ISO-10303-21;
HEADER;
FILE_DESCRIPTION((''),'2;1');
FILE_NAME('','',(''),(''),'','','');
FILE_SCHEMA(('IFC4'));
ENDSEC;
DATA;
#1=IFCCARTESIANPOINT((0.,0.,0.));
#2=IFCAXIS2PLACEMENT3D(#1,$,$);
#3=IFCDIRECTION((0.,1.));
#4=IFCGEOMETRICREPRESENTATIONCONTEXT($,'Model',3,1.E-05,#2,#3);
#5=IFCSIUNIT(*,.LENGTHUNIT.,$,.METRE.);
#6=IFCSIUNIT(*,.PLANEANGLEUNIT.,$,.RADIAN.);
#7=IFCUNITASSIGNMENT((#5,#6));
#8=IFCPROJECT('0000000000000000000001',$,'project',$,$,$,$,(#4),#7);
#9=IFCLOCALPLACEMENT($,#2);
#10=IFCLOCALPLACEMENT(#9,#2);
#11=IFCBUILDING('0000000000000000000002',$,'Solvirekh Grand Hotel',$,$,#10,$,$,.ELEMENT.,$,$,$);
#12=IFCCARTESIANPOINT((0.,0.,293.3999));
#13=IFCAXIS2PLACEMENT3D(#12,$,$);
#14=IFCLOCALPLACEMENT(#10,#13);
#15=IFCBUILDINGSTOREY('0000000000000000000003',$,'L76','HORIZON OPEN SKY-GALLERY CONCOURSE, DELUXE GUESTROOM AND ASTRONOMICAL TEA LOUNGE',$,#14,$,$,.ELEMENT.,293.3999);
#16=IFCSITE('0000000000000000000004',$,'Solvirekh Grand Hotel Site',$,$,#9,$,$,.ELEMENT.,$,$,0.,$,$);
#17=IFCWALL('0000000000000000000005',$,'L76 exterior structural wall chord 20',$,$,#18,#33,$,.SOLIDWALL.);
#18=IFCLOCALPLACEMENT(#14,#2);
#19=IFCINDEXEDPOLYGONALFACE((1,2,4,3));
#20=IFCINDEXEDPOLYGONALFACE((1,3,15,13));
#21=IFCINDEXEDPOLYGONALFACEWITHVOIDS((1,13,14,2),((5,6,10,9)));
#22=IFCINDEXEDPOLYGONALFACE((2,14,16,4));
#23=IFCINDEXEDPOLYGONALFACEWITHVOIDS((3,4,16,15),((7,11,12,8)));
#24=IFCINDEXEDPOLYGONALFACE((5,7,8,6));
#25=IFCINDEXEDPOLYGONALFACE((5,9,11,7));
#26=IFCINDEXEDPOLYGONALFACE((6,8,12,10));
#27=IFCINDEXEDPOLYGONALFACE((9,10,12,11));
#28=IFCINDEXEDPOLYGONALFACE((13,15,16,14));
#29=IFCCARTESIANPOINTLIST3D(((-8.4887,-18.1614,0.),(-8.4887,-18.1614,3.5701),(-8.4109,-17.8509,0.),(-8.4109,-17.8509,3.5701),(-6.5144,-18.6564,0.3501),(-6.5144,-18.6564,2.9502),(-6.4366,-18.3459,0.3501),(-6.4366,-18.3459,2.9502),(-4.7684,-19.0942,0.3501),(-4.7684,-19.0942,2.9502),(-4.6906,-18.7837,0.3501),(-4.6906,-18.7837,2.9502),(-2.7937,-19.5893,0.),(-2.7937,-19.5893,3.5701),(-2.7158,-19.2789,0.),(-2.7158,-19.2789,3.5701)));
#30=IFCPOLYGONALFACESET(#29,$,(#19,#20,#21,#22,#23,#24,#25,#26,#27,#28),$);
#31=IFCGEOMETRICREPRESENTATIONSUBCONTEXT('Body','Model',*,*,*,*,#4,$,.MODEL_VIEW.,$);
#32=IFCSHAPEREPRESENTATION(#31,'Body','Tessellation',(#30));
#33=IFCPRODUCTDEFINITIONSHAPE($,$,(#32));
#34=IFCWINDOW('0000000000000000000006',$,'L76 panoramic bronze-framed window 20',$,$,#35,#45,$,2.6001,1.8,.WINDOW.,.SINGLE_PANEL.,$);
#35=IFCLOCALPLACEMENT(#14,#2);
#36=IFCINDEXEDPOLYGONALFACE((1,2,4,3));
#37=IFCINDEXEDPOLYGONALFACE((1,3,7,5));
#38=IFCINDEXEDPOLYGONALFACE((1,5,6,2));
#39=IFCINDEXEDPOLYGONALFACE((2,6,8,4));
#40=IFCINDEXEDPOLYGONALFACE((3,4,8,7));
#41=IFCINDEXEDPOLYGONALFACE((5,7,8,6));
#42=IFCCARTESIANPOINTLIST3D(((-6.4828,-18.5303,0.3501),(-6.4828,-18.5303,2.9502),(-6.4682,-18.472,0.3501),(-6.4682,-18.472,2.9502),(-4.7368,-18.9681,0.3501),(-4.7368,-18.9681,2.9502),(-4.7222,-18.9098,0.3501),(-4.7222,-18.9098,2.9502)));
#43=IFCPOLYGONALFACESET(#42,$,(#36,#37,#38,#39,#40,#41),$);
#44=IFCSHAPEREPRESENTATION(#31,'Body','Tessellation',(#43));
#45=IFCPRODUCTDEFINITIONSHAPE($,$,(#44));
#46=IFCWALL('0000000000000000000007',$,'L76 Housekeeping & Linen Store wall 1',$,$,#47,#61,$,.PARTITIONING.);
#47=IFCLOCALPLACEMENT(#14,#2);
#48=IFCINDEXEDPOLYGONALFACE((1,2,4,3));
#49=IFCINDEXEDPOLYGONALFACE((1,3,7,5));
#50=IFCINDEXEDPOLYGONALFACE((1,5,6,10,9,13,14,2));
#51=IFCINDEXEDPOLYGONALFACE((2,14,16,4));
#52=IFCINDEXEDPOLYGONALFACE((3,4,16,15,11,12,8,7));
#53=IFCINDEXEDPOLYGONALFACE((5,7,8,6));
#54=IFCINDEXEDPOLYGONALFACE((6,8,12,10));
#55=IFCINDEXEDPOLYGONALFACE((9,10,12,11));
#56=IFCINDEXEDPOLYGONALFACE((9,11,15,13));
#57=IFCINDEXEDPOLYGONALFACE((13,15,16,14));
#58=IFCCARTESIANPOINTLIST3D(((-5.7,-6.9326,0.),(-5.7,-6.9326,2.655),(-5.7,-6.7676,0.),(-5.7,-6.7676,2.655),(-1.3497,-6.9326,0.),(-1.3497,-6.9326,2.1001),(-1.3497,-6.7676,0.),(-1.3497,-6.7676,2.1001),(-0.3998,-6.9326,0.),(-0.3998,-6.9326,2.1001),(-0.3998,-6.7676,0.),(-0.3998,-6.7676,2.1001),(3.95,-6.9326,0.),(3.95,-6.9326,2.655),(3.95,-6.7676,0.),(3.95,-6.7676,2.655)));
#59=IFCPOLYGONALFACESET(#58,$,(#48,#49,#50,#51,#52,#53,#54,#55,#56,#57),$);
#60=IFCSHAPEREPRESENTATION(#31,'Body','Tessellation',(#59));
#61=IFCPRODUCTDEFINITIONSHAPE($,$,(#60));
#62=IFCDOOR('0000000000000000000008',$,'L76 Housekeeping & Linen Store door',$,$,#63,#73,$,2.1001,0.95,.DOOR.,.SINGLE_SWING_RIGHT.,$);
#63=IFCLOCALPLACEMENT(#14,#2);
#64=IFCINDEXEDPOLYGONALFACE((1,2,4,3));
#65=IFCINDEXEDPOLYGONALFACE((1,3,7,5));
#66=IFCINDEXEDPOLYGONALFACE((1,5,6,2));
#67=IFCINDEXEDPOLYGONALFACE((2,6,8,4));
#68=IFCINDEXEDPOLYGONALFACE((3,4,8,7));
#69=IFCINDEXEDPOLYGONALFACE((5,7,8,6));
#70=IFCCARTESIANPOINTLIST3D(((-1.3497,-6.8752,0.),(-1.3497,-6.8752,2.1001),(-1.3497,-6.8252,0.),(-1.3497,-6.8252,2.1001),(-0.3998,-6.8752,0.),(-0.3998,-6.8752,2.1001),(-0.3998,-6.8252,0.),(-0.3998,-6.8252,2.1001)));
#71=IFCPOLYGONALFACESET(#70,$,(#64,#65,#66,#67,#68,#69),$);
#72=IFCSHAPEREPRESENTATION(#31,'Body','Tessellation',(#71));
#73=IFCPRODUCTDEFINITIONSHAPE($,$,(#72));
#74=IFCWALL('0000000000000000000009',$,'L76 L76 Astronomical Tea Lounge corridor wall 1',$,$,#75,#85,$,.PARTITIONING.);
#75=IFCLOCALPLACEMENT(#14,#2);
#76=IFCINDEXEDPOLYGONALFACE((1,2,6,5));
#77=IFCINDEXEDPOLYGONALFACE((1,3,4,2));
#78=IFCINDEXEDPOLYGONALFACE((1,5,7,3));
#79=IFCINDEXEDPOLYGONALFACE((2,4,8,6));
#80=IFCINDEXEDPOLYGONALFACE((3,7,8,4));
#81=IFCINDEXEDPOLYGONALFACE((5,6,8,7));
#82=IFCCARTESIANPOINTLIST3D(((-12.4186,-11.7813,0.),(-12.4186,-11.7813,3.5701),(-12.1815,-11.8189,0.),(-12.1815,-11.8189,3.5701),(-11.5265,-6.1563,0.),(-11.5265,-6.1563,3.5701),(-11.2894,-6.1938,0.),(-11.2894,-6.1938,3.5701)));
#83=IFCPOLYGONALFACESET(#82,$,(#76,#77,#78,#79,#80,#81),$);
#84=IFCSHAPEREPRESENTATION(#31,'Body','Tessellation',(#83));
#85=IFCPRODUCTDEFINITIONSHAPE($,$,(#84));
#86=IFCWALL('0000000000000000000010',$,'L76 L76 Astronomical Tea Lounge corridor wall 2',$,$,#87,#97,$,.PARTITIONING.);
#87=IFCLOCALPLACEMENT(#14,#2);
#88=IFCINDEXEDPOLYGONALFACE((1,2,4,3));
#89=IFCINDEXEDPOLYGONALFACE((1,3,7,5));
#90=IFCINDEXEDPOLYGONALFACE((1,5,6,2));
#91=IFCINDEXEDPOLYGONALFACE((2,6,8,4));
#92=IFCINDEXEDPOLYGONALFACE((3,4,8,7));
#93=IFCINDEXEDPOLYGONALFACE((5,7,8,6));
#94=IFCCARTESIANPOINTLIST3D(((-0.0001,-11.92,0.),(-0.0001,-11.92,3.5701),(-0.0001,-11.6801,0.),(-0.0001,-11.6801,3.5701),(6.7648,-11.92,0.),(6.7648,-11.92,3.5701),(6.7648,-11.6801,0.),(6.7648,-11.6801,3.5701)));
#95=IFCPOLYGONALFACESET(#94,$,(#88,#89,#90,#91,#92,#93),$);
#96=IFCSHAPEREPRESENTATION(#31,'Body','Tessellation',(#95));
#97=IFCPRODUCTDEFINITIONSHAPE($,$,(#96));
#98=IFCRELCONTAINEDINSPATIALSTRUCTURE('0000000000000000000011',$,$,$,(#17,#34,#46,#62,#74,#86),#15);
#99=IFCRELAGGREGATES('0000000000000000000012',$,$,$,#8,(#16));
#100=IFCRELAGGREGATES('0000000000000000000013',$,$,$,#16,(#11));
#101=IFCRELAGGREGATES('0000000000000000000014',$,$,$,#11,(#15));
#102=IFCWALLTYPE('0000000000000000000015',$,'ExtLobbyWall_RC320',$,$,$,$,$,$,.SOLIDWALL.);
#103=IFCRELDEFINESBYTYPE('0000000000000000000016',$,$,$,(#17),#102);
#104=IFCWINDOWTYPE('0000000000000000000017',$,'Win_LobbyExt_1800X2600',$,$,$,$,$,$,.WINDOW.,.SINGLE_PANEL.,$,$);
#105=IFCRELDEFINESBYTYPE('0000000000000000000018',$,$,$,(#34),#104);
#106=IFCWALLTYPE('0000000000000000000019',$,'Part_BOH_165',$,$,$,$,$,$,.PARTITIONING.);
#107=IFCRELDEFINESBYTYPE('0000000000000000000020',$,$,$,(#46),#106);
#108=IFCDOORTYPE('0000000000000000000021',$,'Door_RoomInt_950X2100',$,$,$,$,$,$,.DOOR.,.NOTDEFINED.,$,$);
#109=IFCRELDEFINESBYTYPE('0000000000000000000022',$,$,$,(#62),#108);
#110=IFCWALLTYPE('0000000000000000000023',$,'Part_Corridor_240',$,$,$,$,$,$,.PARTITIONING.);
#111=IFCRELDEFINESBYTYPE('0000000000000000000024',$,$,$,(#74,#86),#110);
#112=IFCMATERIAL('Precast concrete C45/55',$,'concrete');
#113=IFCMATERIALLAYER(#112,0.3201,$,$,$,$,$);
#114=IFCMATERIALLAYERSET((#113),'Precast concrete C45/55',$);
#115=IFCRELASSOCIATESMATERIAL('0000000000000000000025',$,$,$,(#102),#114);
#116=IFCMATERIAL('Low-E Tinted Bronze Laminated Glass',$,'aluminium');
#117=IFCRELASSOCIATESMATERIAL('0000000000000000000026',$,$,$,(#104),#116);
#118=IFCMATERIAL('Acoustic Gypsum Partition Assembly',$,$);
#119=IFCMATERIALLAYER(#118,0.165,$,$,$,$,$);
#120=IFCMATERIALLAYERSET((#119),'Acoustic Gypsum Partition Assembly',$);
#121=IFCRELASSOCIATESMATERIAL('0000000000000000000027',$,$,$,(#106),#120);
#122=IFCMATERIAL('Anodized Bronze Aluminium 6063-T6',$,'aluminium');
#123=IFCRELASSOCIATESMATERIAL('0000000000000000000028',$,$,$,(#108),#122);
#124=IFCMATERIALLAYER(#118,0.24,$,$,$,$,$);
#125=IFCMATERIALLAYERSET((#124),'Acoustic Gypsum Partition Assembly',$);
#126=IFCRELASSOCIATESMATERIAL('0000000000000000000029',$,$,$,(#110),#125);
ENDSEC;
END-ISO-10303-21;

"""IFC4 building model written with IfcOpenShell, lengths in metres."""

from ifc_helpers import new_model, si_unit, direction, frame, frame_2d, origin, place, context, subcontext, project, spatial, rectangle, extrude, material, layer, layer_set, type_object, element, fill, save


model = new_model("IFC4")

# Units and contexts
model_context = context("Model", 3, precision=1e-05, world=origin(), true_north=direction((0.0, 1.0)))
body_context = subcontext(model_context, "Body", "Model", "MODEL_VIEW")
ifc_project = project(units=[si_unit("LENGTHUNIT", "METRE"), si_unit("PLANEANGLEUNIT", "RADIAN")], contexts=[model_context])

# Site, building, storey
site_placement = place(None, origin())
site = spatial("IfcSite", under=ifc_project, at=site_placement, Name="Solvirekh Grand Hotel Site", CompositionType="ELEMENT", RefElevation=0.0)
building_placement = place(site_placement, origin())
building = spatial("IfcBuilding", under=site, at=building_placement, Name="Solvirekh Grand Hotel", CompositionType="ELEMENT")
storey_placement = place(building_placement, frame((0.0, 0.0, 293.3999)))
storey = spatial("IfcBuildingStorey", under=building, at=storey_placement, Name="L76", Description="HORIZON OPEN SKY-GALLERY CONCOURSE, DELUXE GUESTROOM AND ASTRONOMICAL TEA LOUNGE", CompositionType="ELEMENT", Elevation=293.3999)

# Shared definitions
ifc_material_1 = material(Name="Anodized Bronze Aluminium 6063-T6", Category="aluminium")
ifc_material_2 = material(Name="Low-E Tinted Bronze Laminated Glass", Category="aluminium")

# Wall, opening, window
ifc_material_3 = material(Name="Precast concrete C45/55", Category="concrete")
ifc_layer_1 = layer(ifc_material_3, 0.3201)
ifc_layer_set_1 = layer_set([ifc_layer_1], Name="Precast concrete C45/55")
wall_type_1 = type_object("IfcWallType", Name="ExtLobbyWall_RC320", PredefinedType="SOLIDWALL", material=ifc_layer_set_1)
window_type = type_object("IfcWindowType", Name="Win_LobbyExt_1800X2600", PartitioningType="SINGLE_PANEL", PredefinedType="WINDOW", material=ifc_material_2)
wall_1_placement = place(storey_placement, frame((-2.7549, -19.4341, 0.0), z_axis=(0.0, 0.0, 1.0), x_axis=(-0.969973, 0.243211, 0.0)))
wall_1 = element("IfcWall", 1, at=wall_1_placement, inside=storey, type_object=wall_type_1, Name="L76 exterior structural wall chord 20", PredefinedType="SOLIDWALL", context=body_context, shape_type="SweptSolid", body=[
    extrude(rectangle(XDim=5.8713, YDim=0.3201, at=frame_2d((2.9355, 0.0))), origin(), (0.0, 0.0, 1.0), 3.5701),
])
opening_1_placement = place(wall_1_placement, frame((2.0359, 0.0, 0.3501)))
opening_1 = element("IfcOpeningElement", 2, at=opening_1_placement, cuts=wall_1, PredefinedType="OPENING", context=body_context, shape_type="SweptSolid", body=[
    extrude(rectangle(XDim=1.8, YDim=2.6001, at=frame_2d((0.8999, 1.3))), frame((0.0, 0.1699, 0.0), z_axis=(0.0, -1.0, 0.0), x_axis=(1.0, 0.0, 0.0)), (0.0, 0.0, 1.0), 0.3401),
])
window_1_placement = place(opening_1_placement, origin())
window_1 = element("IfcWindow", 3, at=window_1_placement, inside=storey, type_object=window_type, Name="L76 panoramic bronze-framed window 20", OverallHeight=2.6001, OverallWidth=1.8, PartitioningType="SINGLE_PANEL", PredefinedType="WINDOW", context=body_context, shape_type="SweptSolid", body=[
    extrude(rectangle(XDim=1.8, YDim=2.6001, at=frame_2d((0.8999, 1.3))), frame((0.0, 0.03, 0.0), z_axis=(0.0, -1.0, 0.0), x_axis=(1.0, 0.0, 0.0)), (0.0, 0.0, 1.0), 0.0601),
])
fill(opening_1, window_1)

# Wall, opening, door
ifc_material_4 = material(Name="Acoustic Gypsum Partition Assembly")
ifc_layer_2 = layer(ifc_material_4, 0.165)
ifc_layer_set_2 = layer_set([ifc_layer_2], Name="Acoustic Gypsum Partition Assembly")
wall_type_2 = type_object("IfcWallType", Name="Part_BOH_165", PredefinedType="PARTITIONING", material=ifc_layer_set_2)
wall_2_placement = place(storey_placement, frame((-5.7, -6.8501, 0.0), z_axis=(0.0, 0.0, 1.0), x_axis=(1.0, 0.0, 0.0)))
wall_2 = element("IfcWall", 4, at=wall_2_placement, inside=storey, type_object=wall_type_2, Name="L76 Housekeeping & Linen Store wall 1", PredefinedType="PARTITIONING", context=body_context, shape_type="SweptSolid", body=[
    extrude(rectangle(XDim=9.6499, YDim=0.165, at=frame_2d((4.825, 0.0))), origin(), (0.0, 0.0, 1.0), 2.655),
])
opening_2_placement = place(wall_2_placement, frame((4.3501, 0.0, 0.0)))
opening_2 = element("IfcOpeningElement", 5, at=opening_2_placement, cuts=wall_2, PredefinedType="OPENING", context=body_context, shape_type="SweptSolid", body=[
    extrude(rectangle(XDim=0.95, YDim=2.1001, at=frame_2d((0.4751, 1.05))), frame((0.0, 0.0925, 0.0), z_axis=(0.0, -1.0, 0.0), x_axis=(1.0, 0.0, 0.0)), (0.0, 0.0, 1.0), 0.1851),
])
door_type = type_object("IfcDoorType", Name="Door_RoomInt_950X2100", OperationType="NOTDEFINED", PredefinedType="DOOR", material=ifc_material_1)
door_placement = place(opening_2_placement, origin())
door = element("IfcDoor", 6, at=door_placement, inside=storey, type_object=door_type, Name="L76 Housekeeping & Linen Store door", OperationType="SINGLE_SWING_RIGHT", OverallHeight=2.1001, OverallWidth=0.95, PredefinedType="DOOR", context=body_context, shape_type="SweptSolid", body=[
    extrude(rectangle(XDim=0.95, YDim=2.1001, at=frame_2d((0.4751, 1.05))), frame((0.0, 0.0249, 0.0), z_axis=(0.0, -1.0, 0.0), x_axis=(1.0, 0.0, 0.0)), (0.0, 0.0, 1.0), 0.05),
])
fill(opening_2, door)

# Walls
ifc_layer_3 = layer(ifc_material_4, 0.24)
ifc_layer_set_3 = layer_set([ifc_layer_3], Name="Acoustic Gypsum Partition Assembly")
wall_type_3 = type_object("IfcWallType", Name="Part_Corridor_240", PredefinedType="PARTITIONING", material=ifc_layer_set_3)
wall_3_placement = place(storey_placement, frame((-11.408, -6.175, 0.0), z_axis=(0.0, 0.0, 1.0), x_axis=(-0.156636, -0.987656, 0.0)))
element("IfcWall", 7, at=wall_3_placement, inside=storey, type_object=wall_type_3, Name="L76 L76 Astronomical Tea Lounge corridor wall 1", PredefinedType="PARTITIONING", context=body_context, shape_type="SweptSolid", body=[
    extrude(rectangle(XDim=5.6953, YDim=0.24, at=frame_2d((2.8477, 0.0))), origin(), (0.0, 0.0, 1.0), 3.5701),
])
wall_4_placement = place(storey_placement, frame((0.0, -11.8, 0.0), z_axis=(0.0, 0.0, 1.0), x_axis=(1.0, 0.0, 0.0)))
element("IfcWall", 8, at=wall_4_placement, inside=storey, type_object=wall_type_3, Name="L76 L76 Astronomical Tea Lounge corridor wall 2", PredefinedType="PARTITIONING", context=body_context, shape_type="SweptSolid", body=[
    extrude(rectangle(XDim=6.7649, YDim=0.24, at=frame_2d((3.3823, 0.0))), origin(), (0.0, 0.0, 1.0), 3.5701),
])

save(model, "model.ifc")
